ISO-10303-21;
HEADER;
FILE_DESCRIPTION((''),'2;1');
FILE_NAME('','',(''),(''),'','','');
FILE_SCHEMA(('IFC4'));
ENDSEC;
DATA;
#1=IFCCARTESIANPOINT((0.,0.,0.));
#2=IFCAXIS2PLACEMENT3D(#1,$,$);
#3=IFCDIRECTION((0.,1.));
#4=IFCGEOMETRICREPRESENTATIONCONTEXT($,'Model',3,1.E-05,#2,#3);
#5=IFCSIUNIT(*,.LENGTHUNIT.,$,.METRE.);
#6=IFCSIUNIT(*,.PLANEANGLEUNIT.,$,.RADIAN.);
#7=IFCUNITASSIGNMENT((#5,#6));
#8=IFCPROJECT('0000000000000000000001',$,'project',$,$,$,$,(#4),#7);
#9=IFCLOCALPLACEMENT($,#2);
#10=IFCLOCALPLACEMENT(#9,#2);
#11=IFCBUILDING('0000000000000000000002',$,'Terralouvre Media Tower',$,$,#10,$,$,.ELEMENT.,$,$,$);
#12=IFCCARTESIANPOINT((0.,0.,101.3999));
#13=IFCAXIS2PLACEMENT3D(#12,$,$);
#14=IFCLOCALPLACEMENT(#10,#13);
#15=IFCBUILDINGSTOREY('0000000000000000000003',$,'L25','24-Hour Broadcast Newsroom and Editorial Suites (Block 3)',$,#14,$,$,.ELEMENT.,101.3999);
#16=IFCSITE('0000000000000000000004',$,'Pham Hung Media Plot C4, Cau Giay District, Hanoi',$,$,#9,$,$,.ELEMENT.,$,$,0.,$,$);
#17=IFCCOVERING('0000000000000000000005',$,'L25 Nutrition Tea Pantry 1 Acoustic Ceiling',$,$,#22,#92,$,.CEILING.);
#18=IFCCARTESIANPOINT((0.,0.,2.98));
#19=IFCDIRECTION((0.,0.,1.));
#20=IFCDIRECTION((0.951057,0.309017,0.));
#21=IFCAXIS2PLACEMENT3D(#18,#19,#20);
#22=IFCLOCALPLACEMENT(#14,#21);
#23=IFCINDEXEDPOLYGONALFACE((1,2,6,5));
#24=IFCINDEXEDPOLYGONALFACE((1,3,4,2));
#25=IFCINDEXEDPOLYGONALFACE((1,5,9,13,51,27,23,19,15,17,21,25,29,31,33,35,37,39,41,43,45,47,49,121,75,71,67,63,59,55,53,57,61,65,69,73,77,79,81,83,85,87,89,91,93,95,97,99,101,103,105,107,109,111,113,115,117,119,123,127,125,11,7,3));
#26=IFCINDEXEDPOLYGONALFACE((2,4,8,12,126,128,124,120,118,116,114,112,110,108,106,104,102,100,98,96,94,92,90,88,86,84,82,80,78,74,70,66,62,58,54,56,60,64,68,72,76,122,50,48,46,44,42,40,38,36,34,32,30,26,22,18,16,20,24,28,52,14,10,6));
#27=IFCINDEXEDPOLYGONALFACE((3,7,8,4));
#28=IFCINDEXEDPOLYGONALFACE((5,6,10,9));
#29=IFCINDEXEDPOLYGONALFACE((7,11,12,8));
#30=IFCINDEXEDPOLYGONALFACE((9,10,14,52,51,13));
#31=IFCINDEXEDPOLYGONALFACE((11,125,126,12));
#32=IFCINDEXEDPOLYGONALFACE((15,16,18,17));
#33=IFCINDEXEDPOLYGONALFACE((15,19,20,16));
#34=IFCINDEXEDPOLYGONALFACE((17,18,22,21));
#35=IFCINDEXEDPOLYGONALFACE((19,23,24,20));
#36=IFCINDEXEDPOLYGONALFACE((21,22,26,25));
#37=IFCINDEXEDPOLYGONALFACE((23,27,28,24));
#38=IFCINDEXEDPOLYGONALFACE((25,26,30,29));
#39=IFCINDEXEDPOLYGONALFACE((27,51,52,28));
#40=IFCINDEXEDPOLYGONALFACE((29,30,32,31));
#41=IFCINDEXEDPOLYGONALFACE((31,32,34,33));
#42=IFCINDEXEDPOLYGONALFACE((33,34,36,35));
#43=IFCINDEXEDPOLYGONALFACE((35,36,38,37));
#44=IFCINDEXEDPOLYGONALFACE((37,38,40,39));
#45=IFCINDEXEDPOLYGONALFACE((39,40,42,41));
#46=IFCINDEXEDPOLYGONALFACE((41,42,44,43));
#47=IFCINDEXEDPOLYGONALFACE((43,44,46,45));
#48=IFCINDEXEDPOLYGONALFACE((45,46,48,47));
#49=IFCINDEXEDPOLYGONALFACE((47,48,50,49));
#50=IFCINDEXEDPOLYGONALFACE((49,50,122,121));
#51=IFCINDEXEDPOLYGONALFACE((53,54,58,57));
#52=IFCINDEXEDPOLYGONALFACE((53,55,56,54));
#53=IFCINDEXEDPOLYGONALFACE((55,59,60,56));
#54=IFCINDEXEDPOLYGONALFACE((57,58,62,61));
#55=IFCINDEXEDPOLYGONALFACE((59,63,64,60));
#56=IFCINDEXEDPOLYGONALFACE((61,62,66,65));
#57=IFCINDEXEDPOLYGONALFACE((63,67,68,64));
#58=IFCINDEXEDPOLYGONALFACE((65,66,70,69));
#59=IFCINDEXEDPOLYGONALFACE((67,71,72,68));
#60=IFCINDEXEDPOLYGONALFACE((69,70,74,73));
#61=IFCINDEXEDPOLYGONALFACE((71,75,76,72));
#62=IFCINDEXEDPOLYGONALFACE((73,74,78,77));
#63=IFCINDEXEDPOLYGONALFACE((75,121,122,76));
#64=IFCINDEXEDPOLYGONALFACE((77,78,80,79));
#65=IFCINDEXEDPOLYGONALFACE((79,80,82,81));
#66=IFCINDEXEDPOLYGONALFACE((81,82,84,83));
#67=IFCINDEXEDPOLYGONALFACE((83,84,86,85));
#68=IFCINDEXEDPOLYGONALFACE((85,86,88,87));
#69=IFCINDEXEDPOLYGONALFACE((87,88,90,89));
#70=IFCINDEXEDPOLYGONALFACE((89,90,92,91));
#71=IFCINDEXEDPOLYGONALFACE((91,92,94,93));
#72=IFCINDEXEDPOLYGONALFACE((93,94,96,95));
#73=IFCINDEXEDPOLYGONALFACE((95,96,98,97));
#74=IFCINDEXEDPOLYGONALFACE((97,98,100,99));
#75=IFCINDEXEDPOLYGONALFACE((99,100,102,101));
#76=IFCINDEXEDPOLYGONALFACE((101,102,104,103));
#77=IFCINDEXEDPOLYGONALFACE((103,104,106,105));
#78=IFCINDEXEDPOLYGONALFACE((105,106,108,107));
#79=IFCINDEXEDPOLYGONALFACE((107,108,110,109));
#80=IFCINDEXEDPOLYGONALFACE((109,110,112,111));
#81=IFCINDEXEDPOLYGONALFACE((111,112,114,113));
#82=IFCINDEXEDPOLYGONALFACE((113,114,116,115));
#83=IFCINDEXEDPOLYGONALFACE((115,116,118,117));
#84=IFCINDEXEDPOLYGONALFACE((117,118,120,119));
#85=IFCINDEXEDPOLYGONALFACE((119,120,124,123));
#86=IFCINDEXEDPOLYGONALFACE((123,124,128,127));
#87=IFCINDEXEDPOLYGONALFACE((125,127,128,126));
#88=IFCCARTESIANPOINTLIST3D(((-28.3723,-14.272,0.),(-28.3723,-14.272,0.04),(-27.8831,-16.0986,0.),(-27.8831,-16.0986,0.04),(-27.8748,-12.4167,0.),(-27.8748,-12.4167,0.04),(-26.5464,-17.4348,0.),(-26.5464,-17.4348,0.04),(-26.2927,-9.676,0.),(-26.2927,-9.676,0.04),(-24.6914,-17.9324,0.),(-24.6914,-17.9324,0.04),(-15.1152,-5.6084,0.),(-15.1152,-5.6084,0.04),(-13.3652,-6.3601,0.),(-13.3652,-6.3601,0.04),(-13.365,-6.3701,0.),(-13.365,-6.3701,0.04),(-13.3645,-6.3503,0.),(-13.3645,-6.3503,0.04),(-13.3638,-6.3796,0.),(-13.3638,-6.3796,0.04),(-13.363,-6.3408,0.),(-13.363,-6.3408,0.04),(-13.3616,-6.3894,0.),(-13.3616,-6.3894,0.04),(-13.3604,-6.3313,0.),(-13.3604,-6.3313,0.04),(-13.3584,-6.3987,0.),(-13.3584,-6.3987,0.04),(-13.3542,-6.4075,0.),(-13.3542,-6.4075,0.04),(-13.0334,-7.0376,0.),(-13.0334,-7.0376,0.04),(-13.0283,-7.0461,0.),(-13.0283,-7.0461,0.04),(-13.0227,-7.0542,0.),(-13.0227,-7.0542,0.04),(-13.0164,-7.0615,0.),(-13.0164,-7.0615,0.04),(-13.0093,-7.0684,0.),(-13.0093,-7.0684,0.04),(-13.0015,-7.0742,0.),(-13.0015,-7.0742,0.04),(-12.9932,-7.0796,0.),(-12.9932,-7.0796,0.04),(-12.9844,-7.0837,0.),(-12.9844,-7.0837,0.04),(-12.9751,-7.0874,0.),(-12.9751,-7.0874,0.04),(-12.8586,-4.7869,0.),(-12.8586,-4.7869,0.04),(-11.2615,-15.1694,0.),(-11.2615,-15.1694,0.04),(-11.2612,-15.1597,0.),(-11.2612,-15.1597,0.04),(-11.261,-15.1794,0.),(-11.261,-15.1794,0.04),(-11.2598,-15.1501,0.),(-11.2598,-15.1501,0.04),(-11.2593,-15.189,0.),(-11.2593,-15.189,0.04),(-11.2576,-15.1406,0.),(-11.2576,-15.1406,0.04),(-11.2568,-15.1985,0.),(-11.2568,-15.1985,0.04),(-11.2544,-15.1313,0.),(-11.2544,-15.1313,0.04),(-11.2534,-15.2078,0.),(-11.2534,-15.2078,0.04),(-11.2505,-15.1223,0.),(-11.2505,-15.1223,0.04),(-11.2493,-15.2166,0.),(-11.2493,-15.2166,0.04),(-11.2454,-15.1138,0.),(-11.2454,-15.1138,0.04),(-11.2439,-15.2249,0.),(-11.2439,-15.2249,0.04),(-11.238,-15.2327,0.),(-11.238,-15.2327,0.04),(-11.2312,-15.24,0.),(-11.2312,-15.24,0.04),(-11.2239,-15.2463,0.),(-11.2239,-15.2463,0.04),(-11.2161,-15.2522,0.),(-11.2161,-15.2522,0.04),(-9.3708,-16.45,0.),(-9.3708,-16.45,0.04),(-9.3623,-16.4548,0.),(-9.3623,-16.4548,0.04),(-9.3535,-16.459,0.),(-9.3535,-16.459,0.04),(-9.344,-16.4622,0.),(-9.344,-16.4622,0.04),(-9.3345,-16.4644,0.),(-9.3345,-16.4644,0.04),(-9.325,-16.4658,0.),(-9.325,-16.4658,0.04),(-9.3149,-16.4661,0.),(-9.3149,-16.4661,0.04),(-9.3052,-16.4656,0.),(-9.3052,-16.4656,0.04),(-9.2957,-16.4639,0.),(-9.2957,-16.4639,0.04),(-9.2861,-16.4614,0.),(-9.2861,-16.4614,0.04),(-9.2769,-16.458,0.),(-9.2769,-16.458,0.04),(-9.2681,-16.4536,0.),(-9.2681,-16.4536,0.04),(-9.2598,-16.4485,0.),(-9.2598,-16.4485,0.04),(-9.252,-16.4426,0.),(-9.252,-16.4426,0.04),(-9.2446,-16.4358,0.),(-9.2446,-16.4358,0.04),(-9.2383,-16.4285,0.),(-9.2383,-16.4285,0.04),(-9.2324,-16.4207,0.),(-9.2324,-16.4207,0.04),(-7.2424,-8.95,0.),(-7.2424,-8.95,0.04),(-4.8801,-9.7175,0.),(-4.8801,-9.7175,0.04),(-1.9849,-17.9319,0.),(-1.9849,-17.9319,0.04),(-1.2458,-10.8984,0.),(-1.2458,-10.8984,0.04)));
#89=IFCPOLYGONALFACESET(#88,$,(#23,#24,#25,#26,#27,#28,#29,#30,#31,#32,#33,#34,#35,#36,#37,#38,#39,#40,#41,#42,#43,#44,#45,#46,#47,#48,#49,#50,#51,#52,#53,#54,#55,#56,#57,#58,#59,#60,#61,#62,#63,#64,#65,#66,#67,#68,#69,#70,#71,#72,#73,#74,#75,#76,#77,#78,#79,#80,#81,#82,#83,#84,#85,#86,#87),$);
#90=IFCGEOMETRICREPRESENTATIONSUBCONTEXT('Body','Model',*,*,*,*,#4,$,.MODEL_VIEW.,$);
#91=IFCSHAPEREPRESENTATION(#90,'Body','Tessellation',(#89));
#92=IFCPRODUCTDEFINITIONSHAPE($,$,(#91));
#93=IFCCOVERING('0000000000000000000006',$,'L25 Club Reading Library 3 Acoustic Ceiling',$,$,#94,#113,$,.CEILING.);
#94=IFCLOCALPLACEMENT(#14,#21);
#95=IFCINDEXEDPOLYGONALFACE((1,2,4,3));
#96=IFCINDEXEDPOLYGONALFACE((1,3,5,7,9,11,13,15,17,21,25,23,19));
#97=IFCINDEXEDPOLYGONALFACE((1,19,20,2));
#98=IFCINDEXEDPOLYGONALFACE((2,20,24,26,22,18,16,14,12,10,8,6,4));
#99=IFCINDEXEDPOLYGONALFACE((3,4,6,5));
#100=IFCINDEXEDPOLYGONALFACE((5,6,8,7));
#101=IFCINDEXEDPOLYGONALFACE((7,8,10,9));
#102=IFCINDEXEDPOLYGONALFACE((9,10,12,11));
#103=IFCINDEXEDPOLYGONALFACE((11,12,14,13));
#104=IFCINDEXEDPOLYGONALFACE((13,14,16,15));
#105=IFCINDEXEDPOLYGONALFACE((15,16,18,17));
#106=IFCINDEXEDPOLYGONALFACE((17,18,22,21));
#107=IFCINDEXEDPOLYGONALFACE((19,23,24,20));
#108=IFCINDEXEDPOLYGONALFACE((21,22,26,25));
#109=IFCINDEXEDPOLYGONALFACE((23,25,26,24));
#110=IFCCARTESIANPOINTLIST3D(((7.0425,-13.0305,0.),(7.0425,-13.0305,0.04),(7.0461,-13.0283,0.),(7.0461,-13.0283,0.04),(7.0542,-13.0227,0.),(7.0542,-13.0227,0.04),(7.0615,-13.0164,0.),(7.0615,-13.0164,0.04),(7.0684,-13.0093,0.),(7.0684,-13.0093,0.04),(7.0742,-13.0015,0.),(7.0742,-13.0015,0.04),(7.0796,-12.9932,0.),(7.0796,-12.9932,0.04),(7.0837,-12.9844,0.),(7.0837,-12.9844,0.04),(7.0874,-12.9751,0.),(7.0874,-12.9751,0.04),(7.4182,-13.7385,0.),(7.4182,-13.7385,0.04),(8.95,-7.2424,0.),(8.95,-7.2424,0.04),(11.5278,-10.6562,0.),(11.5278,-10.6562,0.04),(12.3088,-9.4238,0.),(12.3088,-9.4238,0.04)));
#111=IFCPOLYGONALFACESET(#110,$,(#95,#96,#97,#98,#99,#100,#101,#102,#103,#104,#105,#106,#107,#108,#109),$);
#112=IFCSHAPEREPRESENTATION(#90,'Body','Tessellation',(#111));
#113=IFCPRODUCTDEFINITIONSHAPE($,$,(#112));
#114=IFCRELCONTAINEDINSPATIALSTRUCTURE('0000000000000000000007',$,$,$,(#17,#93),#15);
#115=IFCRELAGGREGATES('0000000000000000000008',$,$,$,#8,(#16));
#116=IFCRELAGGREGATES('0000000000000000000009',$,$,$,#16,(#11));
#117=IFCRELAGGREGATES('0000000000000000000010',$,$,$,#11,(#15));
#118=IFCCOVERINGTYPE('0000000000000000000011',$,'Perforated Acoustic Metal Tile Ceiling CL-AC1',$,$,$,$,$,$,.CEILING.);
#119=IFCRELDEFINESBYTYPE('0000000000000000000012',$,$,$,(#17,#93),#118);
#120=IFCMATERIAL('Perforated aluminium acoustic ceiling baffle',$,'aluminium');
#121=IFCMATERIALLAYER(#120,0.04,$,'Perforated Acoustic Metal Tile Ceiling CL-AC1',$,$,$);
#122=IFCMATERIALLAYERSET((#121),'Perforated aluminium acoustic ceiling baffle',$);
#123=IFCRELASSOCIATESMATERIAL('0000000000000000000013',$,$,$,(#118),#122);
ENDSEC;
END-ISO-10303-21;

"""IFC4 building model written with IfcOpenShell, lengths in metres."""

from ifc_helpers import new_model, si_unit, direction, frame, origin, place, context, subcontext, project, spatial, polyline, outline, extrude, material, layer, layer_set, type_object, element, save


model = new_model("IFC4")

# Units and contexts
model_context = context("Model", 3, precision=1e-05, world=origin(), true_north=direction((0.0, 1.0)))
body_context = subcontext(model_context, "Body", "Model", "MODEL_VIEW")
ifc_project = project(units=[si_unit("LENGTHUNIT", "METRE"), si_unit("PLANEANGLEUNIT", "RADIAN")], contexts=[model_context])

# Site, building, storey
site_placement = place(None, origin())
site = spatial("IfcSite", under=ifc_project, at=site_placement, Name="Pham Hung Media Plot C4, Cau Giay District, Hanoi", CompositionType="ELEMENT", RefElevation=0.0)
building_placement = place(site_placement, origin())
building = spatial("IfcBuilding", under=site, at=building_placement, Name="Terralouvre Media Tower", CompositionType="ELEMENT")
storey_placement = place(building_placement, frame((0.0, 0.0, 101.3999)))
storey = spatial("IfcBuildingStorey", under=building, at=storey_placement, Name="L25", Description="24-Hour Broadcast Newsroom and Editorial Suites (Block 3)", CompositionType="ELEMENT", Elevation=101.3999)

# Coverings
ifc_material_1 = material(Name="Perforated aluminium acoustic ceiling baffle", Category="aluminium")
ifc_layer_1 = layer(ifc_material_1, 0.04, Name="Perforated Acoustic Metal Tile Ceiling CL-AC1")
ifc_layer_set_1 = layer_set([ifc_layer_1], Name="Perforated aluminium acoustic ceiling baffle")
covering_type = type_object("IfcCoveringType", Name="Perforated Acoustic Metal Tile Ceiling CL-AC1", PredefinedType="CEILING", material=ifc_layer_set_1)
covering_1_placement = place(storey_placement, frame((0.0, 0.0, 2.98), z_axis=(0.0, 0.0, 1.0), x_axis=(0.951057, 0.309017, 0.0)))
element("IfcCovering", 1, at=covering_1_placement, inside=storey, type_object=covering_type, Name="L25 Nutrition Tea Pantry 1 Acoustic Ceiling", PredefinedType="CEILING", context=body_context, shape_type="SweptSolid", body=[
    extrude(outline(polyline([(-4.8801, -9.7175), (-9.2324, -16.4207), (-9.2383, -16.4285), (-9.2446, -16.4358), (-9.252, -16.4426), (-9.2598, -16.4485), (-9.2681, -16.4536), (-9.2769, -16.458), (-9.2861, -16.4614), (-9.2957, -16.4639), (-9.3052, -16.4656), (-9.3149, -16.4661), (-9.325, -16.4658), (-9.3345, -16.4644), (-9.344, -16.4622), (-9.3535, -16.459), (-9.3623, -16.4548), (-9.3708, -16.45), (-11.2161, -15.2522), (-11.2239, -15.2463), (-11.2312, -15.24), (-11.238, -15.2327), (-11.2439, -15.2249), (-11.2493, -15.2166), (-11.2534, -15.2078), (-11.2568, -15.1985), (-11.2593, -15.189), (-11.261, -15.1794), (-11.2615, -15.1694), (-11.2612, -15.1597), (-11.2598, -15.1501), (-11.2576, -15.1406), (-11.2544, -15.1313), (-11.2505, -15.1223), (-11.2454, -15.1138), (-7.2424, -8.95), (-12.9751, -7.0874), (-12.9844, -7.0837), (-12.9932, -7.0796), (-13.0015, -7.0742), (-13.0093, -7.0684), (-13.0164, -7.0615), (-13.0227, -7.0542), (-13.0283, -7.0461), (-13.0334, -7.0376), (-13.3542, -6.4075), (-13.3584, -6.3987), (-13.3616, -6.3894), (-13.3638, -6.3796), (-13.365, -6.3701), (-13.3652, -6.3601), (-13.3645, -6.3503), (-13.363, -6.3408), (-13.3604, -6.3313), (-12.8586, -4.7869), (-15.1152, -5.6084), (-26.2927, -9.676), (-27.8748, -12.4167), (-28.3723, -14.272), (-27.8831, -16.0986), (-26.5464, -17.4348), (-24.6914, -17.9324), (-1.9849, -17.9319), (-1.2458, -10.8984), (-4.8801, -9.7175)])), origin(), (0.0, 0.0, 1.0), 0.04),
])
covering_2_placement = place(storey_placement, frame((0.0, 0.0, 2.98), z_axis=(0.0, 0.0, 1.0), x_axis=(0.951057, 0.309017, 0.0)))
element("IfcCovering", 2, at=covering_2_placement, inside=storey, type_object=covering_type, Name="L25 Club Reading Library 3 Acoustic Ceiling", PredefinedType="CEILING", context=body_context, shape_type="SweptSolid", body=[
    extrude(outline(polyline([(7.4182, -13.7385), (11.5278, -10.6562), (12.3088, -9.4238), (8.95, -7.2424), (7.0874, -12.9751), (7.0837, -12.9844), (7.0796, -12.9932), (7.0742, -13.0015), (7.0684, -13.0093), (7.0615, -13.0164), (7.0542, -13.0227), (7.0461, -13.0283), (7.0425, -13.0305), (7.4182, -13.7385)])), origin(), (0.0, 0.0, 1.0), 0.04),
])

save(model, "model.ifc")
